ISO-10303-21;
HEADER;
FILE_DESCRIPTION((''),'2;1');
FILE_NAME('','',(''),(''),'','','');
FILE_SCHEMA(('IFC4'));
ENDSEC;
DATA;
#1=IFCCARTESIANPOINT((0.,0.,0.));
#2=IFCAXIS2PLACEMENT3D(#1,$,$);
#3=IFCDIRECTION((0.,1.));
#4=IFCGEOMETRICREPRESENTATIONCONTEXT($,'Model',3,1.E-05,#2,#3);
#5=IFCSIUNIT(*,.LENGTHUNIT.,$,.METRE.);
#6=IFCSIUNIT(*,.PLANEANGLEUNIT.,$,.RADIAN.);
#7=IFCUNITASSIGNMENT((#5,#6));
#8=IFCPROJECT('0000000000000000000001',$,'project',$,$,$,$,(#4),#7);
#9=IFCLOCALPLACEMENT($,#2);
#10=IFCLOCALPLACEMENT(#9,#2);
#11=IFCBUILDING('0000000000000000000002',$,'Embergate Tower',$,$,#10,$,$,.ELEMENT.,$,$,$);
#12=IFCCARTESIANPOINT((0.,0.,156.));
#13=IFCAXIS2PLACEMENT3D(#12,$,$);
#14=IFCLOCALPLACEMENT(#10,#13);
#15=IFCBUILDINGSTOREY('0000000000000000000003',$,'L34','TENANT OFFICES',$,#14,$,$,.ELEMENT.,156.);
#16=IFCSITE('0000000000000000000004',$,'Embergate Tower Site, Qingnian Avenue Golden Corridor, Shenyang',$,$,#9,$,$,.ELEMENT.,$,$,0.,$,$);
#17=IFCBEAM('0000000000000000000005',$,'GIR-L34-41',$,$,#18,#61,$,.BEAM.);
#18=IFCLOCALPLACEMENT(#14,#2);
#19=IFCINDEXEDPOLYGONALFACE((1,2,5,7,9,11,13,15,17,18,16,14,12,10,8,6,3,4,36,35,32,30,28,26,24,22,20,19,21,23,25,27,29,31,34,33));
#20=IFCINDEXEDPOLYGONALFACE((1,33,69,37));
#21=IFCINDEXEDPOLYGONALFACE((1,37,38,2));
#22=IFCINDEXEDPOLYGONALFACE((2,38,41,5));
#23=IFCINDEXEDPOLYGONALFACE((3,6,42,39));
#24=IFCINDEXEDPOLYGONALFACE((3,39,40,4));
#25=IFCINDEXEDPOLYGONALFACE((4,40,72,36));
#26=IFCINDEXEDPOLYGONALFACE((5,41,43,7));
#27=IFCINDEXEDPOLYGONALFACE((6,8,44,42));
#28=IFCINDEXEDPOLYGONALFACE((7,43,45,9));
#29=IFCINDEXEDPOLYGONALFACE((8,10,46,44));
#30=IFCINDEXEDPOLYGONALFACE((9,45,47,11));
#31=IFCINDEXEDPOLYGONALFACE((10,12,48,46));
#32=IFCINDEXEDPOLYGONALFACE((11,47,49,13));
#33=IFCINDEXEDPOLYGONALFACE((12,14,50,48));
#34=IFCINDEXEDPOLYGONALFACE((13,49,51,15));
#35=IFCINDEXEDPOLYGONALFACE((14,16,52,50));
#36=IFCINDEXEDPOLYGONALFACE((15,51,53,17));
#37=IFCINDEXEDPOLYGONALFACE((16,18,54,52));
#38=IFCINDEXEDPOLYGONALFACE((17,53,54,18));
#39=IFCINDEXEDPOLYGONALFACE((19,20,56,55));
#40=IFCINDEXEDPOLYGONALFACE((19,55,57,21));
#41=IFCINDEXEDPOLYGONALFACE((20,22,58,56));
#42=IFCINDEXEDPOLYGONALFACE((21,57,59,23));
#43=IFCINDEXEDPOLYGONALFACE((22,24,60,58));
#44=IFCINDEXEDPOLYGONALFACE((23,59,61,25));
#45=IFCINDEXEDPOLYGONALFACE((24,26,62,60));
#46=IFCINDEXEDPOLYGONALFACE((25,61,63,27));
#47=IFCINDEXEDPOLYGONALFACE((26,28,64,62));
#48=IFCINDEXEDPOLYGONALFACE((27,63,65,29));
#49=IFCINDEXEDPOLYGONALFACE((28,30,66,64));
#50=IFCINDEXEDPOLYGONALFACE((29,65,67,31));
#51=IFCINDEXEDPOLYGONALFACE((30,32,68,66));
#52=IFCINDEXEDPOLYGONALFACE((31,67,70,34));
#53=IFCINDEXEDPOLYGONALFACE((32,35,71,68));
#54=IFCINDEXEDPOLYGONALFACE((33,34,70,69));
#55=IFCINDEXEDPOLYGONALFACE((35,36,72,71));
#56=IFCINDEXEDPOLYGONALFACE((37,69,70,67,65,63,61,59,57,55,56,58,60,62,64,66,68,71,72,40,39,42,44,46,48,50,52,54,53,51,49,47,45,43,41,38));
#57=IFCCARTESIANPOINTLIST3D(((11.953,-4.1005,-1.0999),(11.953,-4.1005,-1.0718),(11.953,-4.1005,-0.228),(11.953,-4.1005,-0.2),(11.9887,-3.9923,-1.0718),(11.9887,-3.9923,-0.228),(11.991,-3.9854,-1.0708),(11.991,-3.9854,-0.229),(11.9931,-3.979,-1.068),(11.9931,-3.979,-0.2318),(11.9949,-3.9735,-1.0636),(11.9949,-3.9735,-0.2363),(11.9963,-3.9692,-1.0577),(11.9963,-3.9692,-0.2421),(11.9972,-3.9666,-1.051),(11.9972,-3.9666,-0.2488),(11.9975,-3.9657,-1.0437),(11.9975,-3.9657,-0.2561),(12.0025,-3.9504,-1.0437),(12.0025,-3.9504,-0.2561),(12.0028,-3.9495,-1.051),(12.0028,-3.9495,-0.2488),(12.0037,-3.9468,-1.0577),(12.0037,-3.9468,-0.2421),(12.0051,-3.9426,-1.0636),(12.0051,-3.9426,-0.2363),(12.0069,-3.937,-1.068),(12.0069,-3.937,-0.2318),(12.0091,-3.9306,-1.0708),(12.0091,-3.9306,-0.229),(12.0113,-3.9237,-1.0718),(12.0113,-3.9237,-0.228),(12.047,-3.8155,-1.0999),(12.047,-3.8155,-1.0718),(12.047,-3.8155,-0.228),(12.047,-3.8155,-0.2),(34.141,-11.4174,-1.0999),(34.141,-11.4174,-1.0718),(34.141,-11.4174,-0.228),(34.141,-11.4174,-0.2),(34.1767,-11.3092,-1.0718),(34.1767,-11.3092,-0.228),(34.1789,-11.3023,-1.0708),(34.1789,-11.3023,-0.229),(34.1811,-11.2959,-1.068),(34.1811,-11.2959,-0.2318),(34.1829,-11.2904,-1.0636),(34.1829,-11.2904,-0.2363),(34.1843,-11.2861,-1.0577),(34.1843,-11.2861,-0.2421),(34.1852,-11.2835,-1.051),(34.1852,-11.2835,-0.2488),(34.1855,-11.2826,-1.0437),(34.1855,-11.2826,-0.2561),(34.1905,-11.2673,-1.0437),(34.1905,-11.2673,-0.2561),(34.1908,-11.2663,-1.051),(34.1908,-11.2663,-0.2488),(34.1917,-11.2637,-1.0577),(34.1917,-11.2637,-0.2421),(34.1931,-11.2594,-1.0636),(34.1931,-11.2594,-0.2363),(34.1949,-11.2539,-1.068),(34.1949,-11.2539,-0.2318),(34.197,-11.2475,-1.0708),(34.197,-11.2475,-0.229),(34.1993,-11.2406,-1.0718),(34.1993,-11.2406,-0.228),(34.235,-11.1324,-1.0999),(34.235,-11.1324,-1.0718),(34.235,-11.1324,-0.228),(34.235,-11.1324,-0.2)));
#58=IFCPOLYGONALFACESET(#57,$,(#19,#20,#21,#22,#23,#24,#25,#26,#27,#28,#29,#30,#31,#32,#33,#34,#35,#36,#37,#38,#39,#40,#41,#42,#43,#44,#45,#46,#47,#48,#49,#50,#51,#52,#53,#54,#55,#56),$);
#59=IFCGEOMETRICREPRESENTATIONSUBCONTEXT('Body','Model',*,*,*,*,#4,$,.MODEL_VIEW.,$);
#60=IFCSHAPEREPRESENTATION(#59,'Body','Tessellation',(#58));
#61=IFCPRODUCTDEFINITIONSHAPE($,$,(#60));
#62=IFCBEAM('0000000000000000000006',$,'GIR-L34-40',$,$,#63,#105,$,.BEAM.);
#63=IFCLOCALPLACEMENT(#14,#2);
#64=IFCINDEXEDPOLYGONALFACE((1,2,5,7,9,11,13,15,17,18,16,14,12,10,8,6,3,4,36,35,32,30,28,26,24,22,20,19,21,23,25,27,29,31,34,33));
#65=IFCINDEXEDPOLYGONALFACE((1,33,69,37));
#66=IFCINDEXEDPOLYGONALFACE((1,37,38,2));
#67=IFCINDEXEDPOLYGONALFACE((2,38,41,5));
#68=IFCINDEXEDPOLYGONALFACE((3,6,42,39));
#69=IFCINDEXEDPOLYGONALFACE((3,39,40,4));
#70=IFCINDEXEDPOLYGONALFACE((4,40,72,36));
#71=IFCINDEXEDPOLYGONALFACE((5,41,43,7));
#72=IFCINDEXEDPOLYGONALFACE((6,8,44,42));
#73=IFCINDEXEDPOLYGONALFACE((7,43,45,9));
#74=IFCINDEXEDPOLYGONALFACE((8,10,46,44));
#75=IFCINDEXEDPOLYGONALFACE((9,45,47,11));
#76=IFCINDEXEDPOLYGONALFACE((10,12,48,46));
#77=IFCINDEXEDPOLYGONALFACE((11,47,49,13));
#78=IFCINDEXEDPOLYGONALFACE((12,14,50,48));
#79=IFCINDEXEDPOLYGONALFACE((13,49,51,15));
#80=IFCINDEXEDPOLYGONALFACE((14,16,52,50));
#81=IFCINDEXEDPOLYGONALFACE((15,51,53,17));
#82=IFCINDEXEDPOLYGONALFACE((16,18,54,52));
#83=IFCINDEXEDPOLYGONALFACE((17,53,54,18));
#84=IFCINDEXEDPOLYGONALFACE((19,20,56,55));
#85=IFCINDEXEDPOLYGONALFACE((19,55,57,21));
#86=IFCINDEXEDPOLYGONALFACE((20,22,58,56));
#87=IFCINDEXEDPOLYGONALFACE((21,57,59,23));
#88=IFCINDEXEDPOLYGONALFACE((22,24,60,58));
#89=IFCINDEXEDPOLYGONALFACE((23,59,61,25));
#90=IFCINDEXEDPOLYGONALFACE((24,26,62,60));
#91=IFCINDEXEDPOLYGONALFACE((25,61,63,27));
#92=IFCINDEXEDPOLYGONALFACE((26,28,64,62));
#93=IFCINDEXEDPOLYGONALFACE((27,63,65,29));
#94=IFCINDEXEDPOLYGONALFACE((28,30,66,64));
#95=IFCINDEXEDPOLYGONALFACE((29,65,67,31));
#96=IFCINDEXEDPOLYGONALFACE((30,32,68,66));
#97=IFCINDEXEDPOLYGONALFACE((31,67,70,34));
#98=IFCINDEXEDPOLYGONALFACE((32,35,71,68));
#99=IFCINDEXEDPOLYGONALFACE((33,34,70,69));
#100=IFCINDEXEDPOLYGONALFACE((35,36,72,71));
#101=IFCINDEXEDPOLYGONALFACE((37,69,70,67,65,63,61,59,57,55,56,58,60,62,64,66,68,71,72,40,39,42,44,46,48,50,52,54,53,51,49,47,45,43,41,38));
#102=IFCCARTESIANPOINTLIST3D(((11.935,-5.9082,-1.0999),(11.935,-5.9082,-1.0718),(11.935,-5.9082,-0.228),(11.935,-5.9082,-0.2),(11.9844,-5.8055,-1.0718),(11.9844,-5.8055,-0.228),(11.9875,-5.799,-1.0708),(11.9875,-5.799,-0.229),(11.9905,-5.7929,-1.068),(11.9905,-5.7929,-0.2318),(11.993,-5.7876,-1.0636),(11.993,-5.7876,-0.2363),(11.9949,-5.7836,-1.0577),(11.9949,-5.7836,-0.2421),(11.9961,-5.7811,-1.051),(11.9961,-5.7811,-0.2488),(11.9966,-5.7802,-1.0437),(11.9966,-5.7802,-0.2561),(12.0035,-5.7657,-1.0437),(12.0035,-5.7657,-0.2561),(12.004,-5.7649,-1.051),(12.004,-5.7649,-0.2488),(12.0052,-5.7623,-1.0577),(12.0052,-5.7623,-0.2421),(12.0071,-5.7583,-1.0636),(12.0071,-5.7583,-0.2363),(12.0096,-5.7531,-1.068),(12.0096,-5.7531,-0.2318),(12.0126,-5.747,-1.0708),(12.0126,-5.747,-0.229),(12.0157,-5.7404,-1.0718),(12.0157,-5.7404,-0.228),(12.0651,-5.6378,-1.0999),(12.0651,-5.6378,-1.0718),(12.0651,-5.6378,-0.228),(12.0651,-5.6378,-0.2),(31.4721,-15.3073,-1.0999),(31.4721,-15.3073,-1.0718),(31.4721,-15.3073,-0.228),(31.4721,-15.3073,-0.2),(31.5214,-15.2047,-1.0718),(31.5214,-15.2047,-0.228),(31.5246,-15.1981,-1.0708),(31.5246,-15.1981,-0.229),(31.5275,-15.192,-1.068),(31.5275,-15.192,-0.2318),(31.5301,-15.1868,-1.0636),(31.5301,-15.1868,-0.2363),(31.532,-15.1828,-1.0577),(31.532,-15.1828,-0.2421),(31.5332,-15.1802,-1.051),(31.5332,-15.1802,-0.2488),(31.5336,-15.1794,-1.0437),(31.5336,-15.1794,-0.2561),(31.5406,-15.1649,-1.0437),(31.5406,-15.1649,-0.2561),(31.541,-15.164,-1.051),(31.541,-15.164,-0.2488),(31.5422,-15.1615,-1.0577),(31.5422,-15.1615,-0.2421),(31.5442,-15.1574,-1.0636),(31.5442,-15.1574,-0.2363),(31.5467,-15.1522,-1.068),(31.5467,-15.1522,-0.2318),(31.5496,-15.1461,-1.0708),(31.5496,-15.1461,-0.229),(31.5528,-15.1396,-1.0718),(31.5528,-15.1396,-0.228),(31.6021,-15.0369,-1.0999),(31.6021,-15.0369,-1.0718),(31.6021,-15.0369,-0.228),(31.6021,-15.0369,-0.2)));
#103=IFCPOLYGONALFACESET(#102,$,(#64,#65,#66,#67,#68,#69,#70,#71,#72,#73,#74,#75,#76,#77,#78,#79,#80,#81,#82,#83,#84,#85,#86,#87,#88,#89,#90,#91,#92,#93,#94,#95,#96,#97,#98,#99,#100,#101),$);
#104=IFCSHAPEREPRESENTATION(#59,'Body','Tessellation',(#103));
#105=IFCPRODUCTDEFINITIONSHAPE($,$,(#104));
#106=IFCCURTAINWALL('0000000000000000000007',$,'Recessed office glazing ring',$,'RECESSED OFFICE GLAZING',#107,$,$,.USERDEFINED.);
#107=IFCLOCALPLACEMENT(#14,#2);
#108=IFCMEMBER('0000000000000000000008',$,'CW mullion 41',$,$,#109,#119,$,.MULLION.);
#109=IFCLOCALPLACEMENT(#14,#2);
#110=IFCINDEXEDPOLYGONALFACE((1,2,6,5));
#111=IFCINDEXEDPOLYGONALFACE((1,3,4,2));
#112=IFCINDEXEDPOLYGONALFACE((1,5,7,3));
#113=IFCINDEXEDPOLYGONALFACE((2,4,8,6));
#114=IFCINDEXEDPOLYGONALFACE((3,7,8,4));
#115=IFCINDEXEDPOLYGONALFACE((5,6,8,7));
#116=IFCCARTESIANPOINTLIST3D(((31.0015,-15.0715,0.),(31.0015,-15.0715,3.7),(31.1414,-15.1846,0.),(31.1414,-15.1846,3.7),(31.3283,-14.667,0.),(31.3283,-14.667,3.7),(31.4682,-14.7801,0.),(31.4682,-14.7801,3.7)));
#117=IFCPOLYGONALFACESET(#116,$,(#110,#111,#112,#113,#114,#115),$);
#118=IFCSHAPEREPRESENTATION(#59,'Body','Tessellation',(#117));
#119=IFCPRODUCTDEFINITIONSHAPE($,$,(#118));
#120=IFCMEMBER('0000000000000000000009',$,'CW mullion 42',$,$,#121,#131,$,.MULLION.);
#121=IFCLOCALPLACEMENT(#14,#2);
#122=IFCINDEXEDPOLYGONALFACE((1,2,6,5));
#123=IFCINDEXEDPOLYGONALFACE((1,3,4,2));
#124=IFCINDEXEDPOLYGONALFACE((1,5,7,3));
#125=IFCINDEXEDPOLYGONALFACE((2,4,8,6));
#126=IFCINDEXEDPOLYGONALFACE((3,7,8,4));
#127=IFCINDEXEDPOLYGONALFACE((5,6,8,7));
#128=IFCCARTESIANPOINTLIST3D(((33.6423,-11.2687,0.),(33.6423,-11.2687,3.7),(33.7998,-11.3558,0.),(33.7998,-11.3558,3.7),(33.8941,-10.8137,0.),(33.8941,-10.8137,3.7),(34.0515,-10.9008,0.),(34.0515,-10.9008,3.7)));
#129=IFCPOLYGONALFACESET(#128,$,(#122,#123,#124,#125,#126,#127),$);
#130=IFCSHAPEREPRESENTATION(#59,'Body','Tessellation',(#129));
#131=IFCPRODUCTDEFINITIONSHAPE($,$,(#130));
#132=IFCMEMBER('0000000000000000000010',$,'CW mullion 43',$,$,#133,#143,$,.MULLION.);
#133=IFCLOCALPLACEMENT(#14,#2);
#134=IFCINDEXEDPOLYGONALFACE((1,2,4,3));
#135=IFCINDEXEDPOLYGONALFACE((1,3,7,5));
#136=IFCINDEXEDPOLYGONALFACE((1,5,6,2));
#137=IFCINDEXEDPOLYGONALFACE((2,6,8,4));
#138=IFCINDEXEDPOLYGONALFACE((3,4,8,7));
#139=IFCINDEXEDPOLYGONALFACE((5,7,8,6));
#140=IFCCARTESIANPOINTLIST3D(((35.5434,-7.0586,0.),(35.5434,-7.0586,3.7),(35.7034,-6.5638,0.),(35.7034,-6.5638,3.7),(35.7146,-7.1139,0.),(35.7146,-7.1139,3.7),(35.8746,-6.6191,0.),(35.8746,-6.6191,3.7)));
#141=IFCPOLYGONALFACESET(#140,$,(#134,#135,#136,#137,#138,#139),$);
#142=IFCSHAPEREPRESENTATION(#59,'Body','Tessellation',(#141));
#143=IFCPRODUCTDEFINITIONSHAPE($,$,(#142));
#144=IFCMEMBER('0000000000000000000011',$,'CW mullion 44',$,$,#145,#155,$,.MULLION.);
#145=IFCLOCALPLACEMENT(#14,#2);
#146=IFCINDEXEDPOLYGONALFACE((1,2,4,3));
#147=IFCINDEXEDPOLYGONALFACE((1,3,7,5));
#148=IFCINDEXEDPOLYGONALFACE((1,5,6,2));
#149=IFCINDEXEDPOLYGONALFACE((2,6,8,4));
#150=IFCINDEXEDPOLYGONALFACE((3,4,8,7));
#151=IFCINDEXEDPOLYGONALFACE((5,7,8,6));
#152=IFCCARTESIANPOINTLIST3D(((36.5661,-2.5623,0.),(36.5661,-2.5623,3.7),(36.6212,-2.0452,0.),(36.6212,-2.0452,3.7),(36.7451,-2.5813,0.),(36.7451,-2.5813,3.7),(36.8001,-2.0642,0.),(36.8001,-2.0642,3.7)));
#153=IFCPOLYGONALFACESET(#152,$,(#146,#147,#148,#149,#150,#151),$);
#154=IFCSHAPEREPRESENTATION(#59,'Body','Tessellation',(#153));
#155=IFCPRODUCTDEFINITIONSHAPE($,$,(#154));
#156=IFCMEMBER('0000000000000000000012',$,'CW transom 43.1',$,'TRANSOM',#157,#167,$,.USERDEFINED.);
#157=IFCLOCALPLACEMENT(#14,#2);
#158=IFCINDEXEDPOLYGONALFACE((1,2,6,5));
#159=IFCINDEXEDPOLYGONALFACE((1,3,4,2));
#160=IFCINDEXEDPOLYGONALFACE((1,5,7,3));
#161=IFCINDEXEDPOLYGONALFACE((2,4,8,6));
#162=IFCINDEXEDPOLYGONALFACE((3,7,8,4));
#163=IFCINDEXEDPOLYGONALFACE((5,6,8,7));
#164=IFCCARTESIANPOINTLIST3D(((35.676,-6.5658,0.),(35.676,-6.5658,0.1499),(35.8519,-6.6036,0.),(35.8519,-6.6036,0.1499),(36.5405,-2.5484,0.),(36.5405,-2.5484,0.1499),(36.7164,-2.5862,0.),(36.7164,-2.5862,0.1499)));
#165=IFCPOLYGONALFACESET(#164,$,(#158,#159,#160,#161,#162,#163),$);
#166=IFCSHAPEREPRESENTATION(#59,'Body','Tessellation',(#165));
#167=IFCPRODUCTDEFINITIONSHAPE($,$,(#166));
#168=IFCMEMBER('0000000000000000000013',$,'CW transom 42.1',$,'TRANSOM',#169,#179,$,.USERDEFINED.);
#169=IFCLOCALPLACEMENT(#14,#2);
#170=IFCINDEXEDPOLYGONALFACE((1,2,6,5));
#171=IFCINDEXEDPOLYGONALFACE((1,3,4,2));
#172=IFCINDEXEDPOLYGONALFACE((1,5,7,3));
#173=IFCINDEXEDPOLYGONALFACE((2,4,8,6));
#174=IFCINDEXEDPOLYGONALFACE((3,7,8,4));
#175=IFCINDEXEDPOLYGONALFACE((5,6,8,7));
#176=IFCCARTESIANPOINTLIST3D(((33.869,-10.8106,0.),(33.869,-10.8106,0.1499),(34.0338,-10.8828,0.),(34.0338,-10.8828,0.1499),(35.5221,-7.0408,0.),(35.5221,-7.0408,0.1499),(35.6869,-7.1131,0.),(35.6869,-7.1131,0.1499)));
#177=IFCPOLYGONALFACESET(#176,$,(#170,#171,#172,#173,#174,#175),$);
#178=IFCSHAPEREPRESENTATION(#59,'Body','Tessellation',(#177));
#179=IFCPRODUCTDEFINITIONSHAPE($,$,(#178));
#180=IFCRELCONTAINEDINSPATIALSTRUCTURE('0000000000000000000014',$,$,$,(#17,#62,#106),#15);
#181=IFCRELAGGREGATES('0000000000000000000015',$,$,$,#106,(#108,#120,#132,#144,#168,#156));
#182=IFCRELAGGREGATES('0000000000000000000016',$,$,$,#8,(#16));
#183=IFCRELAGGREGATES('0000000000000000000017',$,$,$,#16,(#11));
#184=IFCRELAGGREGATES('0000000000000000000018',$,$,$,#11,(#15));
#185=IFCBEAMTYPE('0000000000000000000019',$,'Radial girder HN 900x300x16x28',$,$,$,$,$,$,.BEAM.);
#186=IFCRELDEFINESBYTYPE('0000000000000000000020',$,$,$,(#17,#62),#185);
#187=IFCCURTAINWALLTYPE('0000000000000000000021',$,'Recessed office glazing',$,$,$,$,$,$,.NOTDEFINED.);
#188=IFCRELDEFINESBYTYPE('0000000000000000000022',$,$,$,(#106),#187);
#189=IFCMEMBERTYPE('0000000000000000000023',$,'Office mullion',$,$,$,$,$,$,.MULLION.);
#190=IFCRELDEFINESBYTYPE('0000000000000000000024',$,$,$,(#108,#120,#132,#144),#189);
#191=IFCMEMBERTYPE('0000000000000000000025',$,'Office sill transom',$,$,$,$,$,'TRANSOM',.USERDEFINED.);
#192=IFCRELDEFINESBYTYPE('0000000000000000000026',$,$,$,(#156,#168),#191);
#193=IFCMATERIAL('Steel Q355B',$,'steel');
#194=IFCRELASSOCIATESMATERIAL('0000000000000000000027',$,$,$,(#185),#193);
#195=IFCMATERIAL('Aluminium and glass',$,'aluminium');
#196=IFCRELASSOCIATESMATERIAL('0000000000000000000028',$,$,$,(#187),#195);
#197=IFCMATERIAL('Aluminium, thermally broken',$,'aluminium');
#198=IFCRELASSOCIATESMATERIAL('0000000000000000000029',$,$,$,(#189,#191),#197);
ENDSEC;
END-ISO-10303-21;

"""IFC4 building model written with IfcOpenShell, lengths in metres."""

from ifc_helpers import new_model, si_unit, direction, frame, origin, origin_2d, place, context, subcontext, project, spatial, rectangle, i_section, extrude, source, transform, mapped, material, material_profile, profile_set, type_object, element, aggregate, save


model = new_model("IFC4")

# Units and contexts
model_context = context("Model", 3, precision=1e-05, world=origin(), true_north=direction((0.0, 1.0)))
body_context = subcontext(model_context, "Body", "Model", "MODEL_VIEW")
ifc_project = project(units=[si_unit("LENGTHUNIT", "METRE"), si_unit("PLANEANGLEUNIT", "RADIAN")], contexts=[model_context])

# Site, building, storey
site_placement = place(None, origin())
site = spatial("IfcSite", under=ifc_project, at=site_placement, Name="Embergate Tower Site, Qingnian Avenue Golden Corridor, Shenyang", CompositionType="ELEMENT", RefElevation=0.0)
building_placement = place(site_placement, origin())
building = spatial("IfcBuilding", under=site, at=building_placement, Name="Embergate Tower", CompositionType="ELEMENT")
storey_placement = place(building_placement, frame((0.0, 0.0, 156.0)))
storey = spatial("IfcBuildingStorey", under=building, at=storey_placement, Name="L34", Description="TENANT OFFICES", CompositionType="ELEMENT", Elevation=156.0)

# Beams
ifc_material_1 = material(Name="Steel Q355B", Category="steel")
ifc_material_profile_1 = material_profile(ifc_material_1, i_section(OverallWidth=0.3, OverallDepth=0.8999, WebThickness=0.0161, FlangeThickness=0.0281, FilletRadius=0.0281, at=origin_2d()), Name="HN 900x300x16x28")
ifc_profile_set_1 = profile_set([ifc_material_profile_1], Name="Steel Q355 grade B")
beam_type_1 = type_object("IfcBeamType", Name="Radial girder HN 900x300x16x28", PredefinedType="BEAM", material=ifc_profile_set_1)
shared_shape_1 = source(origin(), body_context, "Body", "SweptSolid", [
    extrude(i_section(OverallWidth=0.3, OverallDepth=0.8999, WebThickness=0.0161, FlangeThickness=0.0281, FilletRadius=0.0281, at=origin_2d()), origin(), (0.0, 0.0, 1.0), 23.3633),
])
beam_1_placement = place(storey_placement, frame((34.188, -11.2749, -0.6499), z_axis=(-0.949694, 0.313179, 0.0), x_axis=(-0.313179, -0.949694, 0.0)))
element("IfcBeam", 1, at=beam_1_placement, inside=storey, type_object=beam_type_1, Name="GIR-L34-41", PredefinedType="BEAM", context=body_context, shape_type="MappedRepresentation", body=[
    mapped(shared_shape_1, transform((0.0, 0.0, 0.0))),
])
shared_shape_2 = source(origin(), body_context, "Body", "SweptSolid", [
    extrude(i_section(OverallWidth=0.3, OverallDepth=0.8999, WebThickness=0.0161, FlangeThickness=0.0281, FilletRadius=0.0281, at=origin_2d()), origin(), (0.0, 0.0, 1.0), 21.6804),
])
beam_2_placement = place(storey_placement, frame((31.5371, -15.1721, -0.6499), z_axis=(-0.901138, 0.433532, 0.0), x_axis=(-0.433532, -0.901138, 0.0)))
element("IfcBeam", 2, at=beam_2_placement, inside=storey, type_object=beam_type_1, Name="GIR-L34-40", PredefinedType="BEAM", context=body_context, shape_type="MappedRepresentation", body=[
    mapped(shared_shape_2, transform((0.0, 0.0, 0.0))),
])

# Curtain wall, members
ifc_material_2 = material(Name="Aluminium and glass", Category="aluminium")
curtain_wall_type = type_object("IfcCurtainWallType", Name="Recessed office glazing", PredefinedType="NOTDEFINED", material=ifc_material_2)
curtain_wall_placement = place(storey_placement, origin())
curtain_wall = element("IfcCurtainWall", 3, at=curtain_wall_placement, inside=storey, type_object=curtain_wall_type, Name="Recessed office glazing ring", ObjectType="RECESSED OFFICE GLAZING", PredefinedType="USERDEFINED")
ifc_material_3 = material(Name="Aluminium, thermally broken", Category="aluminium")
ifc_material_profile_2 = material_profile(ifc_material_3, rectangle(XDim=0.1799, YDim=0.52, at=origin_2d()), Name="AL 520x180")
ifc_profile_set_2 = profile_set([ifc_material_profile_2], Name="Aluminium, thermally broken")
member_type_1 = type_object("IfcMemberType", Name="Office mullion", PredefinedType="MULLION", material=ifc_profile_set_2)
shared_shape_3 = source(origin(), body_context, "Body", "SweptSolid", [
    extrude(rectangle(XDim=0.1799, YDim=0.52, at=origin_2d()), origin(), (0.0, 0.0, 1.0), 3.7),
])
member_1_placement = place(storey_placement, frame((31.2349, -14.9258, 0.0), z_axis=(0.0, 0.0, 1.0), x_axis=(-0.777873, 0.628422, 0.0)))
member_1 = element("IfcMember", 4, at=member_1_placement, type_object=member_type_1, Name="CW mullion 41", PredefinedType="MULLION", context=body_context, shape_type="MappedRepresentation", body=[
    mapped(shared_shape_3, transform((0.0, 0.0, 0.0))),
])
member_2_placement = place(storey_placement, frame((33.8469, -11.0847, 0.0), z_axis=(0.0, 0.0, 1.0), x_axis=(-0.875002, 0.484119, 0.0)))
member_2 = element("IfcMember", 5, at=member_2_placement, type_object=member_type_1, Name="CW mullion 42", PredefinedType="MULLION", context=body_context, shape_type="MappedRepresentation", body=[
    mapped(shared_shape_3, transform((0.0, 0.0, 0.0))),
])
member_3_placement = place(storey_placement, frame((35.709, -6.8389, 0.0), z_axis=(0.0, 0.0, 1.0), x_axis=(-0.951498, 0.307654, 0.0)))
member_3 = element("IfcMember", 6, at=member_3_placement, type_object=member_type_1, Name="CW mullion 43", PredefinedType="MULLION", context=body_context, shape_type="MappedRepresentation", body=[
    mapped(shared_shape_3, transform((0.0, 0.0, 0.0))),
])
member_4_placement = place(storey_placement, frame((36.6831, -2.3132, 0.0), z_axis=(0.0, 0.0, 1.0), x_axis=(-0.994385, 0.105823, 0.0)))
member_4 = element("IfcMember", 7, at=member_4_placement, type_object=member_type_1, Name="CW mullion 44", PredefinedType="MULLION", context=body_context, shape_type="MappedRepresentation", body=[
    mapped(shared_shape_3, transform((0.0, 0.0, 0.0))),
])
ifc_material_profile_3 = material_profile(ifc_material_3, rectangle(XDim=0.1799, YDim=0.1499, at=origin_2d()), Name="AL 150x180")
ifc_profile_set_3 = profile_set([ifc_material_profile_3], Name="Aluminium, thermally broken")
member_type_2 = type_object("IfcMemberType", Name="Office sill transom", ElementType="TRANSOM", PredefinedType="USERDEFINED", material=ifc_profile_set_3)
shared_shape_4 = source(origin(), body_context, "Body", "SweptSolid", [
    extrude(rectangle(XDim=0.1799, YDim=0.1499, at=origin_2d()), origin(), (0.0, 0.0, 1.0), 4.1094),
])
member_5_placement = place(storey_placement, frame((35.7639, -6.5847, 0.075), z_axis=(0.210377, 0.97762, 0.0), x_axis=(-0.97762, 0.210377, 0.0)))
member_5 = element("IfcMember", 8, at=member_5_placement, type_object=member_type_2, Name="CW transom 43.1", ObjectType="TRANSOM", PredefinedType="USERDEFINED", context=body_context, shape_type="MappedRepresentation", body=[
    mapped(shared_shape_4, transform((0.0, 0.0, 0.0))),
])
shared_shape_5 = source(origin(), body_context, "Body", "SweptSolid", [
    extrude(rectangle(XDim=0.1799, YDim=0.1499, at=origin_2d()), origin(), (0.0, 0.0, 1.0), 4.1162),
])
member_6_placement = place(storey_placement, frame((33.9514, -10.8467, 0.075), z_axis=(0.401593, 0.915818, 0.0), x_axis=(-0.915818, 0.401593, 0.0)))
member_6 = element("IfcMember", 9, at=member_6_placement, type_object=member_type_2, Name="CW transom 42.1", ObjectType="TRANSOM", PredefinedType="USERDEFINED", context=body_context, shape_type="MappedRepresentation", body=[
    mapped(shared_shape_5, transform((0.0, 0.0, 0.0))),
])
aggregate(curtain_wall, [member_1, member_2, member_3, member_4, member_6, member_5])

save(model, "model.ifc")
